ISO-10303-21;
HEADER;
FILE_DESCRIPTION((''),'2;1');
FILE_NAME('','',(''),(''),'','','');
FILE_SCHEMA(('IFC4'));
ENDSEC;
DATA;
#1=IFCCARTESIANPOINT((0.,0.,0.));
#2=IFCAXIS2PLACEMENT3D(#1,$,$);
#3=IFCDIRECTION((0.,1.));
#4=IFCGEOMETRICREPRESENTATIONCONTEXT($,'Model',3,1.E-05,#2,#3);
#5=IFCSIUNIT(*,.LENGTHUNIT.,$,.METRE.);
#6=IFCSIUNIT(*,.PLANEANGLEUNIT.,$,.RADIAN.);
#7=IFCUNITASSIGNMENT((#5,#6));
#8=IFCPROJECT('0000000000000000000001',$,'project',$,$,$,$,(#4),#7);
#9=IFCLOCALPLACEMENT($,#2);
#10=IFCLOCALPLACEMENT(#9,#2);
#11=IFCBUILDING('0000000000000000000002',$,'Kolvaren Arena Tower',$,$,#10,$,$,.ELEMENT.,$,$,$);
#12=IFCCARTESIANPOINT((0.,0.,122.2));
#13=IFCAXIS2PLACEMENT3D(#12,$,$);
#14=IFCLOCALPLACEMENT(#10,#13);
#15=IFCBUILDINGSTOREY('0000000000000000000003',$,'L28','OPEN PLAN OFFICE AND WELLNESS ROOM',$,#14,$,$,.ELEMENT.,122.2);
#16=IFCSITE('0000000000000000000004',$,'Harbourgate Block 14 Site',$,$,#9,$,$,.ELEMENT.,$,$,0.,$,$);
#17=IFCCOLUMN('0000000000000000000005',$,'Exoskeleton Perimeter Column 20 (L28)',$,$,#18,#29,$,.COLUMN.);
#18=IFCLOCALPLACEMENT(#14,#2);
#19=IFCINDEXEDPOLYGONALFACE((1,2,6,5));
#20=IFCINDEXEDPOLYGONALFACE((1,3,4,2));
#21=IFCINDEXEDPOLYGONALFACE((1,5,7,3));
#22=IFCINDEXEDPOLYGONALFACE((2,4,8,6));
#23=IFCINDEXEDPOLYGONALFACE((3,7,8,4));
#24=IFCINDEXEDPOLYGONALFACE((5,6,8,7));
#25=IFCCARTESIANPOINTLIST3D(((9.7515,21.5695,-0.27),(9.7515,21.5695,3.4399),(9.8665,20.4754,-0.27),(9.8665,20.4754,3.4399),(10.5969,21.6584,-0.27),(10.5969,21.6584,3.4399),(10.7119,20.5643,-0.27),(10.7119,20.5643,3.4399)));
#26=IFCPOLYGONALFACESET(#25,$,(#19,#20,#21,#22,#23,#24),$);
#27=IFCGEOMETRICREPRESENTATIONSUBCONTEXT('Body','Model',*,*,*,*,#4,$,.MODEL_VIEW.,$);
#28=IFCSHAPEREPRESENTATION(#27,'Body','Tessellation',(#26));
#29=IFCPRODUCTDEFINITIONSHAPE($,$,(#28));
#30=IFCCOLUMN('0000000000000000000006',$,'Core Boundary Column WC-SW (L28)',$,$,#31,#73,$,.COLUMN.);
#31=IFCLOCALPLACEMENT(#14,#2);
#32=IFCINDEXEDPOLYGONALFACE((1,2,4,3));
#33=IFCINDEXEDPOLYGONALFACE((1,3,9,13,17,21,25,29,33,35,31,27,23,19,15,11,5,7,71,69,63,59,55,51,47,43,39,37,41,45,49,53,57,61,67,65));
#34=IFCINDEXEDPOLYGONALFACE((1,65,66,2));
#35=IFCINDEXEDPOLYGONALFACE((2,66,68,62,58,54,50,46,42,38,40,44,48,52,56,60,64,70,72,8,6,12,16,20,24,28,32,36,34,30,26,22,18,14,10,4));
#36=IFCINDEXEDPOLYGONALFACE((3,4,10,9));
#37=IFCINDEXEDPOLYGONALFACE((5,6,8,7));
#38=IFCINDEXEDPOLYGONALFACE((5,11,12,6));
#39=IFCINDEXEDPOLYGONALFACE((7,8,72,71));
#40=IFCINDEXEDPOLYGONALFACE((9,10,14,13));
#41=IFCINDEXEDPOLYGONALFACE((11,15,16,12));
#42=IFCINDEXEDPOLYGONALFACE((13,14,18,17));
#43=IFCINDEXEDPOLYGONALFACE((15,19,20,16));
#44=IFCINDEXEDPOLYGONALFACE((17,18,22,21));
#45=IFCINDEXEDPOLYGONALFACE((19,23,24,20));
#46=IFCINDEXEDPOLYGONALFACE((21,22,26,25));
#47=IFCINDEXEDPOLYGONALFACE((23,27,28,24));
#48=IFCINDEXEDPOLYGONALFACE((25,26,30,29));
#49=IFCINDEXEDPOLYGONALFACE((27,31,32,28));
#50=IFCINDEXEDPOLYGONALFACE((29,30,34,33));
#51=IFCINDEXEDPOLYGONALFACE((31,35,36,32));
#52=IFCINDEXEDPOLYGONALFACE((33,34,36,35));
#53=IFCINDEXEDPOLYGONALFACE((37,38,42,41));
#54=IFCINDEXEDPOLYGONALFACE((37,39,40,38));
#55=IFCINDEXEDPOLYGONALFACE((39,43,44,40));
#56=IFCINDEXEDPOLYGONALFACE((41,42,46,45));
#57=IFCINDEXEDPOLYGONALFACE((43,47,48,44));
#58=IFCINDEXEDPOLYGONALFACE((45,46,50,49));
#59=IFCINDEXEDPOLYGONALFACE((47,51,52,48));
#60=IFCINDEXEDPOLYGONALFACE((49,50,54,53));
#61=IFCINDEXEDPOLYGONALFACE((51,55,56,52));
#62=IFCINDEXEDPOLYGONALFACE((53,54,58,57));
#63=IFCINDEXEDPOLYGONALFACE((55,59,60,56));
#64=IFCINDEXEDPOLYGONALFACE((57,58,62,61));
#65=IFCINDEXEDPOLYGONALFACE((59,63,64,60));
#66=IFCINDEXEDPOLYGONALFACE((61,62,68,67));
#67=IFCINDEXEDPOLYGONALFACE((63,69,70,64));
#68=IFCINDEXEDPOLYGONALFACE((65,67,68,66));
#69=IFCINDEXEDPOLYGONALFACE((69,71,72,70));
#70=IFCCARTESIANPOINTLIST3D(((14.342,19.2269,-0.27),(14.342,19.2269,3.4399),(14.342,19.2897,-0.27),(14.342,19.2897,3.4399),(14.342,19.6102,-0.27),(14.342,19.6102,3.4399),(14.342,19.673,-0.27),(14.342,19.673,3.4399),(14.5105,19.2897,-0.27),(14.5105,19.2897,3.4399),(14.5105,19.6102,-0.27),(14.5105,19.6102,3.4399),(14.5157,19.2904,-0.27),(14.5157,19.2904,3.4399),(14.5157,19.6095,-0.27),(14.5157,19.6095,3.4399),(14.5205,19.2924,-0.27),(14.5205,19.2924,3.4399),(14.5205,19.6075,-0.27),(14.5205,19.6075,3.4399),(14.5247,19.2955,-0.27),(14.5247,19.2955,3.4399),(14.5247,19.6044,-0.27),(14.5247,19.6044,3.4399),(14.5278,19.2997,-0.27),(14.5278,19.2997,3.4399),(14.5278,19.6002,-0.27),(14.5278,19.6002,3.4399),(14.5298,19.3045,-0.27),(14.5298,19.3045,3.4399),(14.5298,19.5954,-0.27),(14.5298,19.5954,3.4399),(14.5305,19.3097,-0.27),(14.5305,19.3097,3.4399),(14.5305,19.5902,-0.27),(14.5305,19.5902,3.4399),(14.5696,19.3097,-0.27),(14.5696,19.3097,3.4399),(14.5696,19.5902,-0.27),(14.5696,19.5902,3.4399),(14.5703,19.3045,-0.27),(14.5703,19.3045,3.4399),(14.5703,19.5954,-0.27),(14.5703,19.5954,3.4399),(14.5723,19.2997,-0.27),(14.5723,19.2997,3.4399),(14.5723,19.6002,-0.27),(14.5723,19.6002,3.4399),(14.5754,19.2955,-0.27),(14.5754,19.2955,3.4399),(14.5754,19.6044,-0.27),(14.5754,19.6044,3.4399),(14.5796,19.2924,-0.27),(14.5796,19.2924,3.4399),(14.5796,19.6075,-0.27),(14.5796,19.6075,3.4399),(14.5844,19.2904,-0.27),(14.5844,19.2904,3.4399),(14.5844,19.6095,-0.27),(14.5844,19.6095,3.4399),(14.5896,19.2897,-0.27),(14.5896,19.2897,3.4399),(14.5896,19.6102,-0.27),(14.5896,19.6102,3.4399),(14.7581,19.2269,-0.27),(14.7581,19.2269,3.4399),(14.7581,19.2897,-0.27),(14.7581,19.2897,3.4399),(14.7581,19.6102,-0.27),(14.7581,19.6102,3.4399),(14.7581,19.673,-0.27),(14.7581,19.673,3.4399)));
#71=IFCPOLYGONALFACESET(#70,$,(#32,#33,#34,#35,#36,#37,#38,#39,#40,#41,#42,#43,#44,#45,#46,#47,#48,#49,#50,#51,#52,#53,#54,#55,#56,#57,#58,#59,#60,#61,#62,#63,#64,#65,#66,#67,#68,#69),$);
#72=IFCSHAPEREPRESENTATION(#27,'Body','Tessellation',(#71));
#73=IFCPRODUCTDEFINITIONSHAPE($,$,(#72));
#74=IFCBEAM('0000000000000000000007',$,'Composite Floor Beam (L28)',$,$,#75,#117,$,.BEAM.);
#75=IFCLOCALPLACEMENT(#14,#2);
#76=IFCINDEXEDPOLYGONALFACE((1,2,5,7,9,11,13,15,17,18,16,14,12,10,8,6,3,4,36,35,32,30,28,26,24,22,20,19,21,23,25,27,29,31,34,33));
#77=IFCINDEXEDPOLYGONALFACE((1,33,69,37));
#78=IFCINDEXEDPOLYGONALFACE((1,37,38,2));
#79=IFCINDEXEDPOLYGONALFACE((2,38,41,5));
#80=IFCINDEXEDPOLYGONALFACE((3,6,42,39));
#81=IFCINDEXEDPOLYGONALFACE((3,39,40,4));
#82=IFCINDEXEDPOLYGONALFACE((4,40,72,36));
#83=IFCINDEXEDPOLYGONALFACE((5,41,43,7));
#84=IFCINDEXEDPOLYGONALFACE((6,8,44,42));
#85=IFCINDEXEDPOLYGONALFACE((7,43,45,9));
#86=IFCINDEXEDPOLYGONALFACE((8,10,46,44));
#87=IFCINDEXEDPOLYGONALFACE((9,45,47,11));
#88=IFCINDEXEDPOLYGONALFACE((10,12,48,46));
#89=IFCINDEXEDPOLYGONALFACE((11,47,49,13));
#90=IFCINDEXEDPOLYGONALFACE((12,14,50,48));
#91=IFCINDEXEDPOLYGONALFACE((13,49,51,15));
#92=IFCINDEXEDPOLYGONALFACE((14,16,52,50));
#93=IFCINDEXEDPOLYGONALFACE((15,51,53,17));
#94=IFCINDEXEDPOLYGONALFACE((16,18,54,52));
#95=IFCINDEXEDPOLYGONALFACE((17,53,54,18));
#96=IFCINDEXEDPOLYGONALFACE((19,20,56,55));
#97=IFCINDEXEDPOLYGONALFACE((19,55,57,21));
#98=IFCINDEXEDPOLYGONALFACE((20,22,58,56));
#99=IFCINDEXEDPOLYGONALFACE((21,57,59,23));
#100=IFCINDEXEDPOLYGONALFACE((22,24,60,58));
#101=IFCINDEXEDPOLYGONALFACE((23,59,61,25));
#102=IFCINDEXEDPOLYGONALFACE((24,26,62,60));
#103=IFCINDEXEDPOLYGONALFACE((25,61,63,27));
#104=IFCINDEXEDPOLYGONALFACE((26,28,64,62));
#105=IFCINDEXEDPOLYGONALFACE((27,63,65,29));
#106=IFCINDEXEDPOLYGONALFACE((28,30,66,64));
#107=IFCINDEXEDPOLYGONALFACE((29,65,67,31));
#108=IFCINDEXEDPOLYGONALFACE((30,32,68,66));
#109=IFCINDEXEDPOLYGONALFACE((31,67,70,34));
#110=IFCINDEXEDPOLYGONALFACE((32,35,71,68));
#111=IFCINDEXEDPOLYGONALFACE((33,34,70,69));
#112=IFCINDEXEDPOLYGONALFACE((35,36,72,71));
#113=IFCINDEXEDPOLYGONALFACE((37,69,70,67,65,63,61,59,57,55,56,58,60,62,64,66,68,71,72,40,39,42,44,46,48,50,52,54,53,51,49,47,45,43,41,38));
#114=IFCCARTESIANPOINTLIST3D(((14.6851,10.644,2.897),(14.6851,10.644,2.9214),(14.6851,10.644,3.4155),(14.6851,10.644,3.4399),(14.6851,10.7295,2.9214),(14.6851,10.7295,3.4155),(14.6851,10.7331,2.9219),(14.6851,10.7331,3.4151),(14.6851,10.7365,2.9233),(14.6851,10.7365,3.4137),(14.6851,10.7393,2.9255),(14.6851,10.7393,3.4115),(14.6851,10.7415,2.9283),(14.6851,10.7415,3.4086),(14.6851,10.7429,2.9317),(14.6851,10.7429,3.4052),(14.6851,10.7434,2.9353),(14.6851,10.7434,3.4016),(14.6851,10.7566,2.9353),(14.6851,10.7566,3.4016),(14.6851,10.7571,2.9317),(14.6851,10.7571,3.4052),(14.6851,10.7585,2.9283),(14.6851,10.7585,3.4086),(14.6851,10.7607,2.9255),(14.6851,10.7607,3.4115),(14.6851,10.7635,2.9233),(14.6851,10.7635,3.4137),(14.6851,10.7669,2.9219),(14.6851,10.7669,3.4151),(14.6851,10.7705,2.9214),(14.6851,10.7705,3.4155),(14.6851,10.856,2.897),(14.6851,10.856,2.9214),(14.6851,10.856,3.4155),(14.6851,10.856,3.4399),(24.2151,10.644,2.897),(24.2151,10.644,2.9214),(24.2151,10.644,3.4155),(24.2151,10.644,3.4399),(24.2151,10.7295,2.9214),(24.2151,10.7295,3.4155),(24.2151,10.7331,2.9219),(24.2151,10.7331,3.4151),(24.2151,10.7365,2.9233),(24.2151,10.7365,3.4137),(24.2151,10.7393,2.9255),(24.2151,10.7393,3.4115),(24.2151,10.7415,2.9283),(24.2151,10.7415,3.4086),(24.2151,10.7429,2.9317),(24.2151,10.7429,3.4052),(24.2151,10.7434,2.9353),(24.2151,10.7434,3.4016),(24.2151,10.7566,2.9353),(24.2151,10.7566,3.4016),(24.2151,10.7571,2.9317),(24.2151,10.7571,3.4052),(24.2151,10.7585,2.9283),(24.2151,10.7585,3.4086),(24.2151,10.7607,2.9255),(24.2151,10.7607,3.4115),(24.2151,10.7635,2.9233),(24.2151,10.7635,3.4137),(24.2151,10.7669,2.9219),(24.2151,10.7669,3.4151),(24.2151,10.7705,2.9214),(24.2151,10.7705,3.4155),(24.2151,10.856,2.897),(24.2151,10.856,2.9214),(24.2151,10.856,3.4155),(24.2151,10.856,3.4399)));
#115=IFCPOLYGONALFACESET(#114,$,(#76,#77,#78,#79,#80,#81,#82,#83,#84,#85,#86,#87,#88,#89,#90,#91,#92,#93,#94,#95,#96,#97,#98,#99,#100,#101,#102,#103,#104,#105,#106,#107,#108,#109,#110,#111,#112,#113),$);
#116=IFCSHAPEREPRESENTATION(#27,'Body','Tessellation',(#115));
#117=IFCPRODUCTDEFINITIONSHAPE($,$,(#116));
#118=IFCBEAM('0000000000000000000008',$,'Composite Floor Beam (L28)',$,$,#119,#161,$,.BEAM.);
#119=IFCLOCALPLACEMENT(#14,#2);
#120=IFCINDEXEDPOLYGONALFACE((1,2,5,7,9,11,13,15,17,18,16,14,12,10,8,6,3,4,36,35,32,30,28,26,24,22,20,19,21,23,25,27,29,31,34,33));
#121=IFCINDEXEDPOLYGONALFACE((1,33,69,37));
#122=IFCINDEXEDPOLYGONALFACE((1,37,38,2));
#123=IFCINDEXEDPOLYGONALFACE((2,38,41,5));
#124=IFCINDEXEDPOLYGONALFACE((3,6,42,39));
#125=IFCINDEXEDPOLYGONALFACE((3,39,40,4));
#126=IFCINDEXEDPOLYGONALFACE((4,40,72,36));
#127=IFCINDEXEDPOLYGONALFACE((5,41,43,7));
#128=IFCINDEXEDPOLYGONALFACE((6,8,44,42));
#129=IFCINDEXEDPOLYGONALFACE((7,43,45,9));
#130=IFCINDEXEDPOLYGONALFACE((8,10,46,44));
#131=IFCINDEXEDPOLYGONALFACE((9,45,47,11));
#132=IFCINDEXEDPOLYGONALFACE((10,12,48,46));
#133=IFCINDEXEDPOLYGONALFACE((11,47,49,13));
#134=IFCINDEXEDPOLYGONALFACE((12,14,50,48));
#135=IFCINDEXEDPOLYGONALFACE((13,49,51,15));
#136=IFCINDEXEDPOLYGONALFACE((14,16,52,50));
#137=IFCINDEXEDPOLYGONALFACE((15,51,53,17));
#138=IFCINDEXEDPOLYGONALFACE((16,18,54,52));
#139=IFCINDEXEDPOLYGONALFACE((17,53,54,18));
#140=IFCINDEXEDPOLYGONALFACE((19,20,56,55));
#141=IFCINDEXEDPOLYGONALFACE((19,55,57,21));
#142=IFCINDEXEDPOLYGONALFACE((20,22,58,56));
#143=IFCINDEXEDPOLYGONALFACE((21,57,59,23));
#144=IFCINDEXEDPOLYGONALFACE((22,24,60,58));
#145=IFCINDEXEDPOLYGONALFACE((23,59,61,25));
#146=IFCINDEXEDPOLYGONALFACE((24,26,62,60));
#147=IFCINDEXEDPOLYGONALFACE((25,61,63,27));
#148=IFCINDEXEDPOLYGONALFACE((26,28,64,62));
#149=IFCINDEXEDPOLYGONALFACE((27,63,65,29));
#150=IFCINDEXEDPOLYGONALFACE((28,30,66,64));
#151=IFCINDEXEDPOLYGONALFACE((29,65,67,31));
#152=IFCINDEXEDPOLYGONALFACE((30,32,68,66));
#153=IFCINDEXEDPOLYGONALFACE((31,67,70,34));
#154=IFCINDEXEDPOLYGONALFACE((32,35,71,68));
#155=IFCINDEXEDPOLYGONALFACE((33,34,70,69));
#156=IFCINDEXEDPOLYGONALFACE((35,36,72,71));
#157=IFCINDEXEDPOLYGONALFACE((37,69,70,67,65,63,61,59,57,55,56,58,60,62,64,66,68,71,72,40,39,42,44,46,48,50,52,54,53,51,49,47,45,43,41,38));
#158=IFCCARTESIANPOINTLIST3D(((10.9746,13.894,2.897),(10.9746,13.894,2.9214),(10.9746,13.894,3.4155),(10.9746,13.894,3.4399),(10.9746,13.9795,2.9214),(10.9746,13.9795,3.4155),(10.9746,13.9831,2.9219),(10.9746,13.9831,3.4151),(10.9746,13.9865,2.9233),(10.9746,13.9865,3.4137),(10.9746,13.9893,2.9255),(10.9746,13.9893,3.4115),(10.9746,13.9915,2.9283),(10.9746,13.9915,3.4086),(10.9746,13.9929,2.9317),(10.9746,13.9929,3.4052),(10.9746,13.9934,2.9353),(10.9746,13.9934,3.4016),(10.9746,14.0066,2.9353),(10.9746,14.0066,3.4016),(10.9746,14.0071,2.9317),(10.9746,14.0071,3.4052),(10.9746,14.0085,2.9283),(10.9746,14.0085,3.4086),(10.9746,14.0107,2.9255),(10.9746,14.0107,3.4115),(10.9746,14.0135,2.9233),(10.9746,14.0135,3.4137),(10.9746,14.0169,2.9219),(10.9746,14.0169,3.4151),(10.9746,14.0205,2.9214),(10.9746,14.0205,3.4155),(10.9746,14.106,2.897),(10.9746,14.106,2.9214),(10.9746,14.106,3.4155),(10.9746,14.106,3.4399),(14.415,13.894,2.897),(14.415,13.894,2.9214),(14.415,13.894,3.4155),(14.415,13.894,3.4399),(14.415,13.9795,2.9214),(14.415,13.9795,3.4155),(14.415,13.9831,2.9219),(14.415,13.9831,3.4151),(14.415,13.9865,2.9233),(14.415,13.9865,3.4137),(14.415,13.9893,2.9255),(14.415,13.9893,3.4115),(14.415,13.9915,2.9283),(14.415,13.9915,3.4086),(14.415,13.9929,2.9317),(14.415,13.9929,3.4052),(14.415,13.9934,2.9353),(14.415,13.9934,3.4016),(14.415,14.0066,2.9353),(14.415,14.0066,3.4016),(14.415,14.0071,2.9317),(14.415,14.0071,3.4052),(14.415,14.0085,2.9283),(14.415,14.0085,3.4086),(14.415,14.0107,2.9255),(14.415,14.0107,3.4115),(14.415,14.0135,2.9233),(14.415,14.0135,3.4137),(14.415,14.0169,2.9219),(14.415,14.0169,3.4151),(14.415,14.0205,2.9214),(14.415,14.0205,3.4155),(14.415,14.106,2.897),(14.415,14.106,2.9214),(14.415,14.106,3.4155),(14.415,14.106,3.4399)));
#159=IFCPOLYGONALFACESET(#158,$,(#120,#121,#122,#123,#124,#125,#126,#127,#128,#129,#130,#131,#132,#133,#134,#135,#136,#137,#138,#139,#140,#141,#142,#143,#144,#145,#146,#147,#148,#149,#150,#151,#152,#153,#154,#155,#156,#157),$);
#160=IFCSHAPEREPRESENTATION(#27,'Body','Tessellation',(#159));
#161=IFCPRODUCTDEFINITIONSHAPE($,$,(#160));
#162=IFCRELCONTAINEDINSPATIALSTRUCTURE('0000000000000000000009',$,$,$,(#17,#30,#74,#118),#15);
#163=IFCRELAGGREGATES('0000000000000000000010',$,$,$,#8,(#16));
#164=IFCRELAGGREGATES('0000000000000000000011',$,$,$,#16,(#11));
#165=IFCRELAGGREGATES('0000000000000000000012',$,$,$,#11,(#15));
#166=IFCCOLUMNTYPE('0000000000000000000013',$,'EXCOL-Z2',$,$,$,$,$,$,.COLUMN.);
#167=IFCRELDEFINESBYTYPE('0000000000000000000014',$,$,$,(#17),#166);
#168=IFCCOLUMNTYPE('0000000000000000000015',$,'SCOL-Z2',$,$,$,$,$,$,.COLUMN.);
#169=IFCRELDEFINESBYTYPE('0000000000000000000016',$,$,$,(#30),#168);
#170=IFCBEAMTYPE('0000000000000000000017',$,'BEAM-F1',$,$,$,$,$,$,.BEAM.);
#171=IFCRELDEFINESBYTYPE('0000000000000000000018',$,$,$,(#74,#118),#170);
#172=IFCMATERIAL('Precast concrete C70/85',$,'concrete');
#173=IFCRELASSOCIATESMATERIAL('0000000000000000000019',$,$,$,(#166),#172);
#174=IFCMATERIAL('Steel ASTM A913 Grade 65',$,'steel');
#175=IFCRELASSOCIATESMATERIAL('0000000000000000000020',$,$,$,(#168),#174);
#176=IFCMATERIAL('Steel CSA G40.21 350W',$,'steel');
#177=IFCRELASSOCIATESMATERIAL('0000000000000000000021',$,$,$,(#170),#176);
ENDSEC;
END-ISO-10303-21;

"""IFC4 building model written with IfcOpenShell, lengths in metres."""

from ifc_helpers import new_model, si_unit, direction, frame, origin, origin_2d, place, context, subcontext, project, spatial, rectangle, i_section, extrude, material, material_profile, profile_set, type_object, element, save


model = new_model("IFC4")

# Units and contexts
model_context = context("Model", 3, precision=1e-05, world=origin(), true_north=direction((0.0, 1.0)))
body_context = subcontext(model_context, "Body", "Model", "MODEL_VIEW")
ifc_project = project(units=[si_unit("LENGTHUNIT", "METRE"), si_unit("PLANEANGLEUNIT", "RADIAN")], contexts=[model_context])

# Site, building, storey
site_placement = place(None, origin())
site = spatial("IfcSite", under=ifc_project, at=site_placement, Name="Harbourgate Block 14 Site", CompositionType="ELEMENT", RefElevation=0.0)
building_placement = place(site_placement, origin())
building = spatial("IfcBuilding", under=site, at=building_placement, Name="Kolvaren Arena Tower", CompositionType="ELEMENT")
storey_placement = place(building_placement, frame((0.0, 0.0, 122.2)))
storey = spatial("IfcBuildingStorey", under=building, at=storey_placement, Name="L28", Description="OPEN PLAN OFFICE AND WELLNESS ROOM", CompositionType="ELEMENT", Elevation=122.2)

# Columns
ifc_material_1 = material(Name="Precast concrete C70/85", Category="concrete")
ifc_material_profile_1 = material_profile(ifc_material_1, rectangle(XDim=1.1001, YDim=0.8501, at=origin_2d()), Name="RC-1100x850")
ifc_profile_set_1 = profile_set([ifc_material_profile_1], Name="Precast concrete C70/85")
column_type_1 = type_object("IfcColumnType", Name="EXCOL-Z2", PredefinedType="COLUMN", material=ifc_profile_set_1)
column_1_placement = place(storey_placement, frame((10.2317, 21.0669, -0.27), z_axis=(0.0, 0.0, 1.0), x_axis=(-0.104528, 0.994522, 0.0)))
element("IfcColumn", 1, at=column_1_placement, inside=storey, type_object=column_type_1, Name="Exoskeleton Perimeter Column 20 (L28)", PredefinedType="COLUMN", context=body_context, shape_type="SweptSolid", body=[
    extrude(rectangle(XDim=1.1001, YDim=0.8501, at=origin_2d()), origin(), (0.0, 0.0, 1.0), 3.71),
])
ifc_material_2 = material(Name="Steel ASTM A913 Grade 65", Category="steel")
ifc_material_profile_2 = material_profile(ifc_material_2, i_section(OverallWidth=0.416, OverallDepth=0.446, WebThickness=0.0391, FlangeThickness=0.0627, FilletRadius=0.02, at=origin_2d()), Name="W360x509")
ifc_profile_set_2 = profile_set([ifc_material_profile_2], Name="Steel ASTM A913 Grade 65")
column_type_2 = type_object("IfcColumnType", Name="SCOL-Z2", PredefinedType="COLUMN", material=ifc_profile_set_2)
column_2_placement = place(storey_placement, frame((14.55, 19.45, -0.27), z_axis=(0.0, 0.0, 1.0), x_axis=(1.0, 0.0, 0.0)))
element("IfcColumn", 2, at=column_2_placement, inside=storey, type_object=column_type_2, Name="Core Boundary Column WC-SW (L28)", PredefinedType="COLUMN", context=body_context, shape_type="SweptSolid", body=[
    extrude(i_section(OverallWidth=0.416, OverallDepth=0.446, WebThickness=0.0391, FlangeThickness=0.0627, FilletRadius=0.02, at=origin_2d()), origin(), (0.0, 0.0, 1.0), 3.71),
])

# Beams
ifc_material_3 = material(Name="Steel CSA G40.21 350W", Category="steel")
ifc_material_profile_3 = material_profile(ifc_material_3, i_section(OverallWidth=0.2119, OverallDepth=0.543, WebThickness=0.0132, FlangeThickness=0.0244, FilletRadius=0.0139, at=origin_2d()), Name="W530x150")
ifc_profile_set_3 = profile_set([ifc_material_profile_3], Name="Steel CSA G40.21 350W")
beam_type_1 = type_object("IfcBeamType", Name="BEAM-F1", PredefinedType="BEAM", material=ifc_profile_set_3)
beam_1_placement = place(storey_placement, frame((14.6851, 10.75, 3.1685), z_axis=(1.0, 0.0, 0.0), x_axis=(0.0, 1.0, 0.0)))
element("IfcBeam", 3, at=beam_1_placement, inside=storey, type_object=beam_type_1, Name="Composite Floor Beam (L28)", PredefinedType="BEAM", context=body_context, shape_type="SweptSolid", body=[
    extrude(i_section(OverallWidth=0.2119, OverallDepth=0.543, WebThickness=0.0132, FlangeThickness=0.0244, FilletRadius=0.0139, at=origin_2d()), origin(), (0.0, 0.0, 1.0), 9.53),
])
beam_2_placement = place(storey_placement, frame((10.9746, 14.0, 3.1685), z_axis=(1.0, 0.0, 0.0), x_axis=(0.0, 1.0, 0.0)))
element("IfcBeam", 4, at=beam_2_placement, inside=storey, type_object=beam_type_1, Name="Composite Floor Beam (L28)", PredefinedType="BEAM", context=body_context, shape_type="SweptSolid", body=[
    extrude(i_section(OverallWidth=0.2119, OverallDepth=0.543, WebThickness=0.0132, FlangeThickness=0.0244, FilletRadius=0.0139, at=origin_2d()), origin(), (0.0, 0.0, 1.0), 3.4404),
])

save(model, "model.ifc")
